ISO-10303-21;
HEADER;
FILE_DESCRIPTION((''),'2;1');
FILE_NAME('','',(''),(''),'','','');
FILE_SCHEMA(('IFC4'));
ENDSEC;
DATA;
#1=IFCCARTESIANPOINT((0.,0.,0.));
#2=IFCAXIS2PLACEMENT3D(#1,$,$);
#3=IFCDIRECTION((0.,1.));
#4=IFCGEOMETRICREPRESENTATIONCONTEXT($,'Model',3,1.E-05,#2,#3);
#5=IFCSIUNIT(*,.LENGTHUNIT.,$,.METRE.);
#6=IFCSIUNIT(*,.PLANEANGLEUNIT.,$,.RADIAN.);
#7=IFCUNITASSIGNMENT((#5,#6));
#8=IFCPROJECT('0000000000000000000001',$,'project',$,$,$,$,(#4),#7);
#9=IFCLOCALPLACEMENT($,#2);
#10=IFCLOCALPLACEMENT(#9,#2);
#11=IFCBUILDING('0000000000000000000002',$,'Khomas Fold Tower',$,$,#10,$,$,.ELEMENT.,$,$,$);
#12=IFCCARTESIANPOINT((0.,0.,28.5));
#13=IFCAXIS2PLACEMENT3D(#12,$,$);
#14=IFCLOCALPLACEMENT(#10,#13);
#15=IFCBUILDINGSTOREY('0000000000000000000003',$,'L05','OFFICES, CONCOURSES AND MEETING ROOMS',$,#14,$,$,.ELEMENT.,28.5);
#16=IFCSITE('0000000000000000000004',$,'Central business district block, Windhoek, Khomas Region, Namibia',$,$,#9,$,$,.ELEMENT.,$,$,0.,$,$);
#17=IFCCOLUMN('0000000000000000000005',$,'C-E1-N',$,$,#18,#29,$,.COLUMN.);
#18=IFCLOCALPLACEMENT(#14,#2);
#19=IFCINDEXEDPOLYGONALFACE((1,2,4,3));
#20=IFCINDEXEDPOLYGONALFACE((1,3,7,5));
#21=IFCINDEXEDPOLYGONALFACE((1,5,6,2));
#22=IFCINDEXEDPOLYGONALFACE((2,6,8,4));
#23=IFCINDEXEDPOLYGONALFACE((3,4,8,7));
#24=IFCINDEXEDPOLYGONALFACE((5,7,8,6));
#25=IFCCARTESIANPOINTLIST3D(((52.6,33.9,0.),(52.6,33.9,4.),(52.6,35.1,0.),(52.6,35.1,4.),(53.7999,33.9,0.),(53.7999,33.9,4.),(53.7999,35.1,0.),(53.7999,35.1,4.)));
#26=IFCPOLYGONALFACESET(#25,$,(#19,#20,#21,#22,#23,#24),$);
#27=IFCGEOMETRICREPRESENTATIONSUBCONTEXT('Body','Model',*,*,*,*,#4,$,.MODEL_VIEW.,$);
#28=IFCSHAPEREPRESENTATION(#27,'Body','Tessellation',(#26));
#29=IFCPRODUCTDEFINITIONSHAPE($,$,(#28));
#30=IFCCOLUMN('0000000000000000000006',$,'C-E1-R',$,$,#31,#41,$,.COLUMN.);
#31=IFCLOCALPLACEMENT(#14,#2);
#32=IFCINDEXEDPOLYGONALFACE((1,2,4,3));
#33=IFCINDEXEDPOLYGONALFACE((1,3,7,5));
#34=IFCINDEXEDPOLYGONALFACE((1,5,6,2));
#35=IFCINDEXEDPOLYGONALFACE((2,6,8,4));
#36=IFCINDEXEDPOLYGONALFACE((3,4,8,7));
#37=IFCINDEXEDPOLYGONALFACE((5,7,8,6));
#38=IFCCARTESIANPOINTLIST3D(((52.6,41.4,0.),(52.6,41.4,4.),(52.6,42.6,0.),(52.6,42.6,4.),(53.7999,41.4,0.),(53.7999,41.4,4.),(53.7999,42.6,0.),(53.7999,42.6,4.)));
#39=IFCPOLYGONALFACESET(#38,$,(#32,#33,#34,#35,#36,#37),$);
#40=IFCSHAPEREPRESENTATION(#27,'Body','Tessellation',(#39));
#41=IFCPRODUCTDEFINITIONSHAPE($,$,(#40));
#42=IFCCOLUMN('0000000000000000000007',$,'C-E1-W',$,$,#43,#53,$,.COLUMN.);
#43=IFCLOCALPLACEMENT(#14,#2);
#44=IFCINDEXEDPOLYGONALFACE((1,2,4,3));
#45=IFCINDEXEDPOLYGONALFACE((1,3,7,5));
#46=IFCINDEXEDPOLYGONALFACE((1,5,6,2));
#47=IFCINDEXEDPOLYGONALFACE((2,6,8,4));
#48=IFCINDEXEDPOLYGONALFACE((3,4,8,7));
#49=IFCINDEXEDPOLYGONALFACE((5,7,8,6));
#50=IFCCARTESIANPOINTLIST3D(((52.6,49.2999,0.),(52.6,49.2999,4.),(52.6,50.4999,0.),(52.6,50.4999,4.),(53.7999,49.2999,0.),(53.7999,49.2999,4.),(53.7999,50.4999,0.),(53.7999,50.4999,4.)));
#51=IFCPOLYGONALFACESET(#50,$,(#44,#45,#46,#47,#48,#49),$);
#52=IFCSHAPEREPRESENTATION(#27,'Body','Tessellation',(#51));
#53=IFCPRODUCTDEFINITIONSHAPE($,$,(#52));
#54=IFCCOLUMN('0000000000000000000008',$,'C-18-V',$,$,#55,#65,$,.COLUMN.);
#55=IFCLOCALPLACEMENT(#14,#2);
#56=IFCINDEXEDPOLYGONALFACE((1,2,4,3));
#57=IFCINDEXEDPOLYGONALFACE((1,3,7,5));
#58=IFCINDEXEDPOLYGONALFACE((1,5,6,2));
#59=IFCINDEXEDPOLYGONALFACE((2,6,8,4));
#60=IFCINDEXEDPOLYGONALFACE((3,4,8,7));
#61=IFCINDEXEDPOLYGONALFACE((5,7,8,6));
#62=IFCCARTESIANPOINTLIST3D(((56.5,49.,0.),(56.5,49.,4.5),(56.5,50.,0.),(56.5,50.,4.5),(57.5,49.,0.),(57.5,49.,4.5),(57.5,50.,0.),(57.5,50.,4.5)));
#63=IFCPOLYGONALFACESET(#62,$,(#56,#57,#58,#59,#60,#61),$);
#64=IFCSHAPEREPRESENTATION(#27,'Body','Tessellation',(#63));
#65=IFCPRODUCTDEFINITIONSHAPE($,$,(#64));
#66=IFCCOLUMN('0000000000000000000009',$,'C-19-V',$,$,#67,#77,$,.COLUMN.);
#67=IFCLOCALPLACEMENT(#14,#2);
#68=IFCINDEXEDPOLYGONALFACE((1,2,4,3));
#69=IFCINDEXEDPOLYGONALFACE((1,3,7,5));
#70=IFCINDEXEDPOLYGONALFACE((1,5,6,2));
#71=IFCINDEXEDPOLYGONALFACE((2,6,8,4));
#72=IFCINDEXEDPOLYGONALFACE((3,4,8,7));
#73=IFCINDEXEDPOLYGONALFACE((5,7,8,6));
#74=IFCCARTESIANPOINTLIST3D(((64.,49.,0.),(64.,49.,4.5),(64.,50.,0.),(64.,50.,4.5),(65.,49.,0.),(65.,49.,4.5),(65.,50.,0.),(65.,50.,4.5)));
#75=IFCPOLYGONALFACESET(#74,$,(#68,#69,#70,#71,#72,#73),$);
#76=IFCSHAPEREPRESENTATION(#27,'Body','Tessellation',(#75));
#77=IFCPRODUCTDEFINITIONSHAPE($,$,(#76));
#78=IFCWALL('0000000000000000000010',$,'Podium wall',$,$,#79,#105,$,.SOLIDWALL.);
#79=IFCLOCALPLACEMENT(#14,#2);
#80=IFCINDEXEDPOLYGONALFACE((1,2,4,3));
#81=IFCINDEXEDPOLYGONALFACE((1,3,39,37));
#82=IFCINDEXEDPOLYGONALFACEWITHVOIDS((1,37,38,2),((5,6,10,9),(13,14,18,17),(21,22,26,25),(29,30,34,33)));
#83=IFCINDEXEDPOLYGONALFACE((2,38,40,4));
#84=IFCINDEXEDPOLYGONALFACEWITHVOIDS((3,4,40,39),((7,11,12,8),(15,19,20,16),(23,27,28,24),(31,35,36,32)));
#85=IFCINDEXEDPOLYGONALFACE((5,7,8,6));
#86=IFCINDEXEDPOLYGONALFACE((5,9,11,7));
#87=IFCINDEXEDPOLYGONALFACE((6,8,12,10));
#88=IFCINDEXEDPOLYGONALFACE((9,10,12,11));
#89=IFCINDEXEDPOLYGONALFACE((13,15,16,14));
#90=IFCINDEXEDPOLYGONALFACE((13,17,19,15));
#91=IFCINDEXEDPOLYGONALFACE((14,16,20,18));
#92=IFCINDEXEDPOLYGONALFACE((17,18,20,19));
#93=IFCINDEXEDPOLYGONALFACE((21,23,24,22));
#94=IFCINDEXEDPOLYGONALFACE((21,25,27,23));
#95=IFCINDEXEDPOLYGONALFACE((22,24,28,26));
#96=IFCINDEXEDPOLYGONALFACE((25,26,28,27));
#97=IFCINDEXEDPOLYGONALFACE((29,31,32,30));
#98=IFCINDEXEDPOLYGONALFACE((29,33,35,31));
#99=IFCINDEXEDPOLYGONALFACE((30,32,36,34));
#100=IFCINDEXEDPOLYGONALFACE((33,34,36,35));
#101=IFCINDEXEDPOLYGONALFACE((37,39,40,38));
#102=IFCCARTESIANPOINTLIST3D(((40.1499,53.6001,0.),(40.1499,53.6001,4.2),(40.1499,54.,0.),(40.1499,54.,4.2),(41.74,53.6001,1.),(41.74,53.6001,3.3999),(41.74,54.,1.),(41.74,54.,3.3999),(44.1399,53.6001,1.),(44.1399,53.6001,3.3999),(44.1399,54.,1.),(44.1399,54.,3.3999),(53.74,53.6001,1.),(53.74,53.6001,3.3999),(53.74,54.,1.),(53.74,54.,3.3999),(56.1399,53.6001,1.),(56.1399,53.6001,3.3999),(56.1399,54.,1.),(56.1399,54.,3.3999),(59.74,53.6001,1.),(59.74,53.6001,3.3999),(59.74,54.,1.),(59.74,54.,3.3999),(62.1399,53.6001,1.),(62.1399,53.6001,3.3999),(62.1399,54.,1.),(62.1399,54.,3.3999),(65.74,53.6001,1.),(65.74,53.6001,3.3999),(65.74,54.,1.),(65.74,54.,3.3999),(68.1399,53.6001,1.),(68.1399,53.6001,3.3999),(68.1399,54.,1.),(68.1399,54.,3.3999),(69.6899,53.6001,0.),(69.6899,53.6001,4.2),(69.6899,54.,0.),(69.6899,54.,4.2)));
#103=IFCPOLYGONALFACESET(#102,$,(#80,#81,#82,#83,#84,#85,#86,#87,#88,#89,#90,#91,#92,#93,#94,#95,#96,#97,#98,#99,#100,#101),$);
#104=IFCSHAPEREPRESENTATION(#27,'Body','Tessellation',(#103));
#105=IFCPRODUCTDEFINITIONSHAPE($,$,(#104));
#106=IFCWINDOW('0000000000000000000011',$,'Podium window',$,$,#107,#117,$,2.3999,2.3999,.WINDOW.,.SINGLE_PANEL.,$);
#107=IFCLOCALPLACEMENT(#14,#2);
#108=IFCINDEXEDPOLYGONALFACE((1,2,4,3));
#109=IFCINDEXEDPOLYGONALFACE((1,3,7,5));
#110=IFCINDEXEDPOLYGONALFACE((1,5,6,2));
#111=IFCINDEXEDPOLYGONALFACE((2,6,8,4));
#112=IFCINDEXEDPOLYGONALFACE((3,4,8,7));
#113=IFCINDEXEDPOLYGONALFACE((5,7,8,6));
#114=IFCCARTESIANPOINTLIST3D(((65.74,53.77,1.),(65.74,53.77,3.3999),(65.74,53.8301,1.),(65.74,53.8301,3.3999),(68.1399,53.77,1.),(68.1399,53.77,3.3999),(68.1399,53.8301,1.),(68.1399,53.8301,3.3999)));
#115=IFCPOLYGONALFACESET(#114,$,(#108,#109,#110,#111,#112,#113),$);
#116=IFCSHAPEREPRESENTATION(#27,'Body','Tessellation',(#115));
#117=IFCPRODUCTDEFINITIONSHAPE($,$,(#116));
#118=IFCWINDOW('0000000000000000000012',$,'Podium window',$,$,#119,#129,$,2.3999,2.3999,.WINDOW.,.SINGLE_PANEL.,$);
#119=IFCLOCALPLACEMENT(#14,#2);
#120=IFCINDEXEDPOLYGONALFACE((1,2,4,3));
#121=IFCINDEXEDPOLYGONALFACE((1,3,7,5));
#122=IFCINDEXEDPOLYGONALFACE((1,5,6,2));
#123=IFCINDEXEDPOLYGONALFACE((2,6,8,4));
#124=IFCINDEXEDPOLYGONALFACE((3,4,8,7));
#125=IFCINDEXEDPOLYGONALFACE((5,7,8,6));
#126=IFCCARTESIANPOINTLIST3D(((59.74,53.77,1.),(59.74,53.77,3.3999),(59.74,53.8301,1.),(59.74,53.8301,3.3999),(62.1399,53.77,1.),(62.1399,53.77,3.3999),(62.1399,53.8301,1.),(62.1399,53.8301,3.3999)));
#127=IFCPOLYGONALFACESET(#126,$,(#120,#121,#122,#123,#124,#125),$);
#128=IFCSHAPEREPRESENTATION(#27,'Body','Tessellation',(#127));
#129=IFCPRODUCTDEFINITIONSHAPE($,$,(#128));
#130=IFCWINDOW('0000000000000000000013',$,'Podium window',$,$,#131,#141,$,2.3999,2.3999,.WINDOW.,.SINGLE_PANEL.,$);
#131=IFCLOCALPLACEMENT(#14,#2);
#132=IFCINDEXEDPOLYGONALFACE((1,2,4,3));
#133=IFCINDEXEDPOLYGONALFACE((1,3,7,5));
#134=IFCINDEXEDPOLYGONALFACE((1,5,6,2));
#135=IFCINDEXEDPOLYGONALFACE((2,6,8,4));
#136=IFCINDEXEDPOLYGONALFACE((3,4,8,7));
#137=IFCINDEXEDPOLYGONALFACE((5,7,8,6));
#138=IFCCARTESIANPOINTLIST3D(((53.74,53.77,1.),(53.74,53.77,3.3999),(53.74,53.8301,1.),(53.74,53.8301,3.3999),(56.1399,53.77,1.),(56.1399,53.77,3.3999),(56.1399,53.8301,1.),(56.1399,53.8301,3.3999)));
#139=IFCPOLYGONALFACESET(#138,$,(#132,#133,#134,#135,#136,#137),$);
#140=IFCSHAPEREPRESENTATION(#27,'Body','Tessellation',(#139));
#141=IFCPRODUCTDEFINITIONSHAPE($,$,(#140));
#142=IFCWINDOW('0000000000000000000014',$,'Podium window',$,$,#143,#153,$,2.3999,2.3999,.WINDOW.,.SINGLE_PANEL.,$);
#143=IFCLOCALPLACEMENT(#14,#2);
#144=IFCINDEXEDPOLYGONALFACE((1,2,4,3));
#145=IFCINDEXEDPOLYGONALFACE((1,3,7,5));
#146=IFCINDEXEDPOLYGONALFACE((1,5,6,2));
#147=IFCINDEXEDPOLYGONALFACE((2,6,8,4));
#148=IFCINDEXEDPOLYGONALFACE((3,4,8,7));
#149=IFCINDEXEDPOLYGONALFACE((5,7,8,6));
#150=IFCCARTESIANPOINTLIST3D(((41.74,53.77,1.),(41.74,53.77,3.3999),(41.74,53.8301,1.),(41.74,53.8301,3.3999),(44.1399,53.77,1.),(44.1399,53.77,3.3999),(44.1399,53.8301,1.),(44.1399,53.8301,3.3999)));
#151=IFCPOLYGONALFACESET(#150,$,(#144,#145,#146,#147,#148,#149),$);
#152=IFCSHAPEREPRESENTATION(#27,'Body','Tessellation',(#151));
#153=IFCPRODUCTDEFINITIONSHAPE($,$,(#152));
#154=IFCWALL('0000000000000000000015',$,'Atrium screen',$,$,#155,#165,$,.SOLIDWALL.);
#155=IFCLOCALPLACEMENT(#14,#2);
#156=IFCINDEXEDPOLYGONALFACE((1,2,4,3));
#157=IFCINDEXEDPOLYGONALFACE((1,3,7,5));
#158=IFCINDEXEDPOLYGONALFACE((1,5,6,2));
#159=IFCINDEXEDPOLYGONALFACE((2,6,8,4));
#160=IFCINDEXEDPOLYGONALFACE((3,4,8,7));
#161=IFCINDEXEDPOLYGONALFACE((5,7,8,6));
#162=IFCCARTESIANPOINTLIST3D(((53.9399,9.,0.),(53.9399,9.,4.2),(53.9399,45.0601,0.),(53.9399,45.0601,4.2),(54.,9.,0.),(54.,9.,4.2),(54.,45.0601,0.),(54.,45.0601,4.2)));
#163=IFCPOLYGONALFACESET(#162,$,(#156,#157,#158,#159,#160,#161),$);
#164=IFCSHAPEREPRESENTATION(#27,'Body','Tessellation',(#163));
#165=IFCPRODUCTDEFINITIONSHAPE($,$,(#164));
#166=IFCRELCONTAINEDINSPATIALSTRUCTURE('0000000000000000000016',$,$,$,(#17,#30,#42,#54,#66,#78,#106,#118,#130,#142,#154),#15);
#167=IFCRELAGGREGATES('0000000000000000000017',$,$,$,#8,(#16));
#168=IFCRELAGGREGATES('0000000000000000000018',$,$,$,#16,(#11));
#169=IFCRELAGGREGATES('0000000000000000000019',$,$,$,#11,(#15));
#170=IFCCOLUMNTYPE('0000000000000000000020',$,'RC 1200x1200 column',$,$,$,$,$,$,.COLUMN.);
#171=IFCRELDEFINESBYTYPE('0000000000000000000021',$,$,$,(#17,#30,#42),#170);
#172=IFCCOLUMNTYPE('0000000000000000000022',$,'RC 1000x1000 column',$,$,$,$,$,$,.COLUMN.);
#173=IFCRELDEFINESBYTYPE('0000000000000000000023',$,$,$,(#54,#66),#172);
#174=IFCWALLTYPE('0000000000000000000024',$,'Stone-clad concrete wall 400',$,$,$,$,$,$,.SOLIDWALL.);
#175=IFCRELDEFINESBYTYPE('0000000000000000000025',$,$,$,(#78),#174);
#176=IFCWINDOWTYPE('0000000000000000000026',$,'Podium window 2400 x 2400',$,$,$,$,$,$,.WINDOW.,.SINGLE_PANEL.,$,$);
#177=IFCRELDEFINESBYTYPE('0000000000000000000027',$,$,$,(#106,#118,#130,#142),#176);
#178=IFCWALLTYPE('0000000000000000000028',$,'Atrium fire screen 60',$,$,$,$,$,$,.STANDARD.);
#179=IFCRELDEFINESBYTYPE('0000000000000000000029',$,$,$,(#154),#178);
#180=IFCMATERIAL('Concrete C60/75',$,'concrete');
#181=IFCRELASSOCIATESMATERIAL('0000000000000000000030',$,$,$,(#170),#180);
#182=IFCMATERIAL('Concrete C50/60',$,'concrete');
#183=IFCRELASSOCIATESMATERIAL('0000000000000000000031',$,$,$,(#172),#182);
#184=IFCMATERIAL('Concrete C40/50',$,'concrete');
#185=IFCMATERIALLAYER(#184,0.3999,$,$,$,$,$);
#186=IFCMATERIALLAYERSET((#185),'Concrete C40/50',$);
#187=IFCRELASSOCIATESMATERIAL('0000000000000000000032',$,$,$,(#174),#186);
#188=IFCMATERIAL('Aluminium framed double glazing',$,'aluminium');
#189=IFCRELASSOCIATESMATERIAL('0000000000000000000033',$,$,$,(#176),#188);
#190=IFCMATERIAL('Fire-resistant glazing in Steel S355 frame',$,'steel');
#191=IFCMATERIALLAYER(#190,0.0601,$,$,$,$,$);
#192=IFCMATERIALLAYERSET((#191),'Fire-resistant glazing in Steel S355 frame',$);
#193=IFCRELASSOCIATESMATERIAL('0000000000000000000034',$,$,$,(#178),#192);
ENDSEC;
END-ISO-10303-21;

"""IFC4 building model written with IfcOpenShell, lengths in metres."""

from ifc_helpers import new_model, si_unit, direction, frame, frame_2d, origin, origin_2d, place, context, subcontext, project, spatial, rectangle, extrude, source, transform, mapped, material, layer, layer_set, material_profile, profile_set, type_object, element, fill, save


model = new_model("IFC4")

# Units and contexts
model_context = context("Model", 3, precision=1e-05, world=origin(), true_north=direction((0.0, 1.0)))
body_context = subcontext(model_context, "Body", "Model", "MODEL_VIEW")
ifc_project = project(units=[si_unit("LENGTHUNIT", "METRE"), si_unit("PLANEANGLEUNIT", "RADIAN")], contexts=[model_context])

# Site, building, storey
site_placement = place(None, origin())
site = spatial("IfcSite", under=ifc_project, at=site_placement, Name="Central business district block, Windhoek, Khomas Region, Namibia", CompositionType="ELEMENT", RefElevation=0.0)
building_placement = place(site_placement, origin())
building = spatial("IfcBuilding", under=site, at=building_placement, Name="Khomas Fold Tower", CompositionType="ELEMENT")
storey_placement = place(building_placement, frame((0.0, 0.0, 28.5)))
storey = spatial("IfcBuildingStorey", under=building, at=storey_placement, Name="L05", Description="OFFICES, CONCOURSES AND MEETING ROOMS", CompositionType="ELEMENT", Elevation=28.5)

# Columns
ifc_material_1 = material(Name="Concrete C60/75", Category="concrete")
ifc_material_profile_1 = material_profile(ifc_material_1, rectangle(XDim=1.2, YDim=1.2, at=origin_2d()), Name="RC 1200x1200")
ifc_profile_set_1 = profile_set([ifc_material_profile_1], Name="Concrete C60/75")
column_type_1 = type_object("IfcColumnType", Name="RC 1200x1200 column", PredefinedType="COLUMN", material=ifc_profile_set_1)
shared_shape_1 = source(origin(), body_context, "Body", "SweptSolid", [
    extrude(rectangle(XDim=1.2, YDim=1.2, at=origin_2d()), origin(), (0.0, 0.0, 1.0), 4.0),
])
for number, where, z_axis, x_axis, name in (
    (1, (53.2, 34.5, 0.0), (0.0, 0.0, 1.0), (1.0, 0.0, 0.0), "C-E1-N"),
    (2, (53.2, 42.0, 0.0), (0.0, 0.0, 1.0), (1.0, 0.0, 0.0), "C-E1-R"),
    (3, (53.2, 49.8999, 0.0), (0.0, 0.0, 1.0), (1.0, 0.0, 0.0), "C-E1-W"),
):
    element("IfcColumn", number, at=place(storey_placement, frame(where, z_axis=z_axis, x_axis=x_axis)), inside=storey, type_object=column_type_1, Name=name, PredefinedType="COLUMN", context=body_context, shape_type="MappedRepresentation", body=[
        mapped(shared_shape_1, transform((0.0, 0.0, 0.0))),
    ])
ifc_material_2 = material(Name="Concrete C50/60", Category="concrete")
ifc_material_profile_2 = material_profile(ifc_material_2, rectangle(XDim=1.0, YDim=1.0, at=origin_2d()), Name="RC 1000x1000")
ifc_profile_set_2 = profile_set([ifc_material_profile_2], Name="Concrete C50/60")
column_type_2 = type_object("IfcColumnType", Name="RC 1000x1000 column", PredefinedType="COLUMN", material=ifc_profile_set_2)
shared_shape_2 = source(origin(), body_context, "Body", "SweptSolid", [
    extrude(rectangle(XDim=1.0, YDim=1.0, at=origin_2d()), origin(), (0.0, 0.0, 1.0), 4.5),
])
for number, where, z_axis, x_axis, name in (
    (4, (57.0, 49.5, 0.0), (0.0, 0.0, 1.0), (1.0, 0.0, 0.0), "C-18-V"),
    (5, (64.5, 49.5, 0.0), (0.0, 0.0, 1.0), (1.0, 0.0, 0.0), "C-19-V"),
):
    element("IfcColumn", number, at=place(storey_placement, frame(where, z_axis=z_axis, x_axis=x_axis)), inside=storey, type_object=column_type_2, Name=name, PredefinedType="COLUMN", context=body_context, shape_type="MappedRepresentation", body=[
        mapped(shared_shape_2, transform((0.0, 0.0, 0.0))),
    ])

# Wall, openings, windows
ifc_material_3 = material(Name="Concrete C40/50", Category="concrete")
ifc_layer_1 = layer(ifc_material_3, 0.3999)
ifc_layer_set_1 = layer_set([ifc_layer_1], Name="Concrete C40/50")
wall_type_1 = type_object("IfcWallType", Name="Stone-clad concrete wall 400", PredefinedType="SOLIDWALL", material=ifc_layer_set_1)
shared_shape_3 = source(origin(), body_context, "Body", "SweptSolid", [
    extrude(rectangle(XDim=29.54, YDim=0.3999, at=frame_2d((14.77, 0.0))), origin(), (0.0, 0.0, 1.0), 4.2),
])
wall_1_placement = place(storey_placement, frame((69.6899, 53.8, 0.0), z_axis=(0.0, 0.0, 1.0), x_axis=(-1.0, 0.0, 0.0)))
wall_1 = element("IfcWall", 6, at=wall_1_placement, inside=storey, type_object=wall_type_1, Name="Podium wall", PredefinedType="SOLIDWALL", context=body_context, shape_type="MappedRepresentation", body=[
    mapped(shared_shape_3, transform((0.0, 0.0, 0.0))),
])
shared_shape_4 = source(origin(), body_context, "Body", "SweptSolid", [
    extrude(rectangle(XDim=2.3999, YDim=2.3999, at=frame_2d((1.2, 1.2))), frame((0.0, 0.21, 0.0), z_axis=(0.0, -1.0, 0.0), x_axis=(1.0, 0.0, 0.0)), (0.0, 0.0, 1.0), 0.4199),
])
opening_1_placement = place(wall_1_placement, frame((1.55, 0.0, 1.0)))
opening_1 = element("IfcOpeningElement", 7, at=opening_1_placement, cuts=wall_1, PredefinedType="OPENING", context=body_context, shape_type="MappedRepresentation", body=[
    mapped(shared_shape_4, transform((0.0, 0.0, 0.0))),
])
opening_2_placement = place(wall_1_placement, frame((7.55, 0.0, 1.0)))
opening_2 = element("IfcOpeningElement", 8, at=opening_2_placement, cuts=wall_1, PredefinedType="OPENING", context=body_context, shape_type="MappedRepresentation", body=[
    mapped(shared_shape_4, transform((0.0, 0.0, 0.0))),
])
opening_3_placement = place(wall_1_placement, frame((13.55, 0.0, 1.0)))
opening_3 = element("IfcOpeningElement", 9, at=opening_3_placement, cuts=wall_1, PredefinedType="OPENING", context=body_context, shape_type="MappedRepresentation", body=[
    mapped(shared_shape_4, transform((0.0, 0.0, 0.0))),
])
opening_4_placement = place(wall_1_placement, frame((25.55, 0.0, 1.0)))
opening_4 = element("IfcOpeningElement", 10, at=opening_4_placement, cuts=wall_1, PredefinedType="OPENING", context=body_context, shape_type="MappedRepresentation", body=[
    mapped(shared_shape_4, transform((0.0, 0.0, 0.0))),
])
ifc_material_4 = material(Name="Aluminium framed double glazing", Category="aluminium")
window_type = type_object("IfcWindowType", Name="Podium window 2400 x 2400", PartitioningType="SINGLE_PANEL", PredefinedType="WINDOW", material=ifc_material_4)
shared_shape_5 = source(origin(), body_context, "Body", "SweptSolid", [
    extrude(rectangle(XDim=2.3999, YDim=2.3999, at=frame_2d((1.2, 1.2))), frame((0.0, 0.03, 0.0), z_axis=(0.0, -1.0, 0.0), x_axis=(1.0, 0.0, 0.0)), (0.0, 0.0, 1.0), 0.0601),
])
window_1_placement = place(opening_1_placement, origin())
window_1 = element("IfcWindow", 11, at=window_1_placement, inside=storey, type_object=window_type, Name="Podium window", OverallHeight=2.3999, OverallWidth=2.3999, PartitioningType="SINGLE_PANEL", PredefinedType="WINDOW", context=body_context, shape_type="MappedRepresentation", body=[
    mapped(shared_shape_5, transform((0.0, 0.0, 0.0))),
])
fill(opening_1, window_1)
window_2_placement = place(opening_2_placement, origin())
window_2 = element("IfcWindow", 12, at=window_2_placement, inside=storey, type_object=window_type, Name="Podium window", OverallHeight=2.3999, OverallWidth=2.3999, PartitioningType="SINGLE_PANEL", PredefinedType="WINDOW", context=body_context, shape_type="MappedRepresentation", body=[
    mapped(shared_shape_5, transform((0.0, 0.0, 0.0))),
])
fill(opening_2, window_2)
window_3_placement = place(opening_3_placement, origin())
window_3 = element("IfcWindow", 13, at=window_3_placement, inside=storey, type_object=window_type, Name="Podium window", OverallHeight=2.3999, OverallWidth=2.3999, PartitioningType="SINGLE_PANEL", PredefinedType="WINDOW", context=body_context, shape_type="MappedRepresentation", body=[
    mapped(shared_shape_5, transform((0.0, 0.0, 0.0))),
])
fill(opening_3, window_3)
window_4_placement = place(opening_4_placement, origin())
window_4 = element("IfcWindow", 14, at=window_4_placement, inside=storey, type_object=window_type, Name="Podium window", OverallHeight=2.3999, OverallWidth=2.3999, PartitioningType="SINGLE_PANEL", PredefinedType="WINDOW", context=body_context, shape_type="MappedRepresentation", body=[
    mapped(shared_shape_5, transform((0.0, 0.0, 0.0))),
])
fill(opening_4, window_4)

# Wall
ifc_material_5 = material(Name="Fire-resistant glazing in Steel S355 frame", Category="steel")
ifc_layer_2 = layer(ifc_material_5, 0.0601)
ifc_layer_set_2 = layer_set([ifc_layer_2], Name="Fire-resistant glazing in Steel S355 frame")
wall_type_2 = type_object("IfcWallType", Name="Atrium fire screen 60", PredefinedType="STANDARD", material=ifc_layer_set_2)
shared_shape_6 = source(origin(), body_context, "Body", "SweptSolid", [
    extrude(rectangle(XDim=36.0601, YDim=0.0601, at=frame_2d((18.03, 0.0))), origin(), (0.0, 0.0, 1.0), 4.2),
])
wall_2_placement = place(storey_placement, frame((53.97, 45.0601, 0.0), z_axis=(0.0, 0.0, 1.0), x_axis=(0.0, -1.0, 0.0)))
element("IfcWall", 15, at=wall_2_placement, inside=storey, type_object=wall_type_2, Name="Atrium screen", PredefinedType="SOLIDWALL", context=body_context, shape_type="MappedRepresentation", body=[
    mapped(shared_shape_6, transform((0.0, 0.0, 0.0))),
])

save(model, "model.ifc")
